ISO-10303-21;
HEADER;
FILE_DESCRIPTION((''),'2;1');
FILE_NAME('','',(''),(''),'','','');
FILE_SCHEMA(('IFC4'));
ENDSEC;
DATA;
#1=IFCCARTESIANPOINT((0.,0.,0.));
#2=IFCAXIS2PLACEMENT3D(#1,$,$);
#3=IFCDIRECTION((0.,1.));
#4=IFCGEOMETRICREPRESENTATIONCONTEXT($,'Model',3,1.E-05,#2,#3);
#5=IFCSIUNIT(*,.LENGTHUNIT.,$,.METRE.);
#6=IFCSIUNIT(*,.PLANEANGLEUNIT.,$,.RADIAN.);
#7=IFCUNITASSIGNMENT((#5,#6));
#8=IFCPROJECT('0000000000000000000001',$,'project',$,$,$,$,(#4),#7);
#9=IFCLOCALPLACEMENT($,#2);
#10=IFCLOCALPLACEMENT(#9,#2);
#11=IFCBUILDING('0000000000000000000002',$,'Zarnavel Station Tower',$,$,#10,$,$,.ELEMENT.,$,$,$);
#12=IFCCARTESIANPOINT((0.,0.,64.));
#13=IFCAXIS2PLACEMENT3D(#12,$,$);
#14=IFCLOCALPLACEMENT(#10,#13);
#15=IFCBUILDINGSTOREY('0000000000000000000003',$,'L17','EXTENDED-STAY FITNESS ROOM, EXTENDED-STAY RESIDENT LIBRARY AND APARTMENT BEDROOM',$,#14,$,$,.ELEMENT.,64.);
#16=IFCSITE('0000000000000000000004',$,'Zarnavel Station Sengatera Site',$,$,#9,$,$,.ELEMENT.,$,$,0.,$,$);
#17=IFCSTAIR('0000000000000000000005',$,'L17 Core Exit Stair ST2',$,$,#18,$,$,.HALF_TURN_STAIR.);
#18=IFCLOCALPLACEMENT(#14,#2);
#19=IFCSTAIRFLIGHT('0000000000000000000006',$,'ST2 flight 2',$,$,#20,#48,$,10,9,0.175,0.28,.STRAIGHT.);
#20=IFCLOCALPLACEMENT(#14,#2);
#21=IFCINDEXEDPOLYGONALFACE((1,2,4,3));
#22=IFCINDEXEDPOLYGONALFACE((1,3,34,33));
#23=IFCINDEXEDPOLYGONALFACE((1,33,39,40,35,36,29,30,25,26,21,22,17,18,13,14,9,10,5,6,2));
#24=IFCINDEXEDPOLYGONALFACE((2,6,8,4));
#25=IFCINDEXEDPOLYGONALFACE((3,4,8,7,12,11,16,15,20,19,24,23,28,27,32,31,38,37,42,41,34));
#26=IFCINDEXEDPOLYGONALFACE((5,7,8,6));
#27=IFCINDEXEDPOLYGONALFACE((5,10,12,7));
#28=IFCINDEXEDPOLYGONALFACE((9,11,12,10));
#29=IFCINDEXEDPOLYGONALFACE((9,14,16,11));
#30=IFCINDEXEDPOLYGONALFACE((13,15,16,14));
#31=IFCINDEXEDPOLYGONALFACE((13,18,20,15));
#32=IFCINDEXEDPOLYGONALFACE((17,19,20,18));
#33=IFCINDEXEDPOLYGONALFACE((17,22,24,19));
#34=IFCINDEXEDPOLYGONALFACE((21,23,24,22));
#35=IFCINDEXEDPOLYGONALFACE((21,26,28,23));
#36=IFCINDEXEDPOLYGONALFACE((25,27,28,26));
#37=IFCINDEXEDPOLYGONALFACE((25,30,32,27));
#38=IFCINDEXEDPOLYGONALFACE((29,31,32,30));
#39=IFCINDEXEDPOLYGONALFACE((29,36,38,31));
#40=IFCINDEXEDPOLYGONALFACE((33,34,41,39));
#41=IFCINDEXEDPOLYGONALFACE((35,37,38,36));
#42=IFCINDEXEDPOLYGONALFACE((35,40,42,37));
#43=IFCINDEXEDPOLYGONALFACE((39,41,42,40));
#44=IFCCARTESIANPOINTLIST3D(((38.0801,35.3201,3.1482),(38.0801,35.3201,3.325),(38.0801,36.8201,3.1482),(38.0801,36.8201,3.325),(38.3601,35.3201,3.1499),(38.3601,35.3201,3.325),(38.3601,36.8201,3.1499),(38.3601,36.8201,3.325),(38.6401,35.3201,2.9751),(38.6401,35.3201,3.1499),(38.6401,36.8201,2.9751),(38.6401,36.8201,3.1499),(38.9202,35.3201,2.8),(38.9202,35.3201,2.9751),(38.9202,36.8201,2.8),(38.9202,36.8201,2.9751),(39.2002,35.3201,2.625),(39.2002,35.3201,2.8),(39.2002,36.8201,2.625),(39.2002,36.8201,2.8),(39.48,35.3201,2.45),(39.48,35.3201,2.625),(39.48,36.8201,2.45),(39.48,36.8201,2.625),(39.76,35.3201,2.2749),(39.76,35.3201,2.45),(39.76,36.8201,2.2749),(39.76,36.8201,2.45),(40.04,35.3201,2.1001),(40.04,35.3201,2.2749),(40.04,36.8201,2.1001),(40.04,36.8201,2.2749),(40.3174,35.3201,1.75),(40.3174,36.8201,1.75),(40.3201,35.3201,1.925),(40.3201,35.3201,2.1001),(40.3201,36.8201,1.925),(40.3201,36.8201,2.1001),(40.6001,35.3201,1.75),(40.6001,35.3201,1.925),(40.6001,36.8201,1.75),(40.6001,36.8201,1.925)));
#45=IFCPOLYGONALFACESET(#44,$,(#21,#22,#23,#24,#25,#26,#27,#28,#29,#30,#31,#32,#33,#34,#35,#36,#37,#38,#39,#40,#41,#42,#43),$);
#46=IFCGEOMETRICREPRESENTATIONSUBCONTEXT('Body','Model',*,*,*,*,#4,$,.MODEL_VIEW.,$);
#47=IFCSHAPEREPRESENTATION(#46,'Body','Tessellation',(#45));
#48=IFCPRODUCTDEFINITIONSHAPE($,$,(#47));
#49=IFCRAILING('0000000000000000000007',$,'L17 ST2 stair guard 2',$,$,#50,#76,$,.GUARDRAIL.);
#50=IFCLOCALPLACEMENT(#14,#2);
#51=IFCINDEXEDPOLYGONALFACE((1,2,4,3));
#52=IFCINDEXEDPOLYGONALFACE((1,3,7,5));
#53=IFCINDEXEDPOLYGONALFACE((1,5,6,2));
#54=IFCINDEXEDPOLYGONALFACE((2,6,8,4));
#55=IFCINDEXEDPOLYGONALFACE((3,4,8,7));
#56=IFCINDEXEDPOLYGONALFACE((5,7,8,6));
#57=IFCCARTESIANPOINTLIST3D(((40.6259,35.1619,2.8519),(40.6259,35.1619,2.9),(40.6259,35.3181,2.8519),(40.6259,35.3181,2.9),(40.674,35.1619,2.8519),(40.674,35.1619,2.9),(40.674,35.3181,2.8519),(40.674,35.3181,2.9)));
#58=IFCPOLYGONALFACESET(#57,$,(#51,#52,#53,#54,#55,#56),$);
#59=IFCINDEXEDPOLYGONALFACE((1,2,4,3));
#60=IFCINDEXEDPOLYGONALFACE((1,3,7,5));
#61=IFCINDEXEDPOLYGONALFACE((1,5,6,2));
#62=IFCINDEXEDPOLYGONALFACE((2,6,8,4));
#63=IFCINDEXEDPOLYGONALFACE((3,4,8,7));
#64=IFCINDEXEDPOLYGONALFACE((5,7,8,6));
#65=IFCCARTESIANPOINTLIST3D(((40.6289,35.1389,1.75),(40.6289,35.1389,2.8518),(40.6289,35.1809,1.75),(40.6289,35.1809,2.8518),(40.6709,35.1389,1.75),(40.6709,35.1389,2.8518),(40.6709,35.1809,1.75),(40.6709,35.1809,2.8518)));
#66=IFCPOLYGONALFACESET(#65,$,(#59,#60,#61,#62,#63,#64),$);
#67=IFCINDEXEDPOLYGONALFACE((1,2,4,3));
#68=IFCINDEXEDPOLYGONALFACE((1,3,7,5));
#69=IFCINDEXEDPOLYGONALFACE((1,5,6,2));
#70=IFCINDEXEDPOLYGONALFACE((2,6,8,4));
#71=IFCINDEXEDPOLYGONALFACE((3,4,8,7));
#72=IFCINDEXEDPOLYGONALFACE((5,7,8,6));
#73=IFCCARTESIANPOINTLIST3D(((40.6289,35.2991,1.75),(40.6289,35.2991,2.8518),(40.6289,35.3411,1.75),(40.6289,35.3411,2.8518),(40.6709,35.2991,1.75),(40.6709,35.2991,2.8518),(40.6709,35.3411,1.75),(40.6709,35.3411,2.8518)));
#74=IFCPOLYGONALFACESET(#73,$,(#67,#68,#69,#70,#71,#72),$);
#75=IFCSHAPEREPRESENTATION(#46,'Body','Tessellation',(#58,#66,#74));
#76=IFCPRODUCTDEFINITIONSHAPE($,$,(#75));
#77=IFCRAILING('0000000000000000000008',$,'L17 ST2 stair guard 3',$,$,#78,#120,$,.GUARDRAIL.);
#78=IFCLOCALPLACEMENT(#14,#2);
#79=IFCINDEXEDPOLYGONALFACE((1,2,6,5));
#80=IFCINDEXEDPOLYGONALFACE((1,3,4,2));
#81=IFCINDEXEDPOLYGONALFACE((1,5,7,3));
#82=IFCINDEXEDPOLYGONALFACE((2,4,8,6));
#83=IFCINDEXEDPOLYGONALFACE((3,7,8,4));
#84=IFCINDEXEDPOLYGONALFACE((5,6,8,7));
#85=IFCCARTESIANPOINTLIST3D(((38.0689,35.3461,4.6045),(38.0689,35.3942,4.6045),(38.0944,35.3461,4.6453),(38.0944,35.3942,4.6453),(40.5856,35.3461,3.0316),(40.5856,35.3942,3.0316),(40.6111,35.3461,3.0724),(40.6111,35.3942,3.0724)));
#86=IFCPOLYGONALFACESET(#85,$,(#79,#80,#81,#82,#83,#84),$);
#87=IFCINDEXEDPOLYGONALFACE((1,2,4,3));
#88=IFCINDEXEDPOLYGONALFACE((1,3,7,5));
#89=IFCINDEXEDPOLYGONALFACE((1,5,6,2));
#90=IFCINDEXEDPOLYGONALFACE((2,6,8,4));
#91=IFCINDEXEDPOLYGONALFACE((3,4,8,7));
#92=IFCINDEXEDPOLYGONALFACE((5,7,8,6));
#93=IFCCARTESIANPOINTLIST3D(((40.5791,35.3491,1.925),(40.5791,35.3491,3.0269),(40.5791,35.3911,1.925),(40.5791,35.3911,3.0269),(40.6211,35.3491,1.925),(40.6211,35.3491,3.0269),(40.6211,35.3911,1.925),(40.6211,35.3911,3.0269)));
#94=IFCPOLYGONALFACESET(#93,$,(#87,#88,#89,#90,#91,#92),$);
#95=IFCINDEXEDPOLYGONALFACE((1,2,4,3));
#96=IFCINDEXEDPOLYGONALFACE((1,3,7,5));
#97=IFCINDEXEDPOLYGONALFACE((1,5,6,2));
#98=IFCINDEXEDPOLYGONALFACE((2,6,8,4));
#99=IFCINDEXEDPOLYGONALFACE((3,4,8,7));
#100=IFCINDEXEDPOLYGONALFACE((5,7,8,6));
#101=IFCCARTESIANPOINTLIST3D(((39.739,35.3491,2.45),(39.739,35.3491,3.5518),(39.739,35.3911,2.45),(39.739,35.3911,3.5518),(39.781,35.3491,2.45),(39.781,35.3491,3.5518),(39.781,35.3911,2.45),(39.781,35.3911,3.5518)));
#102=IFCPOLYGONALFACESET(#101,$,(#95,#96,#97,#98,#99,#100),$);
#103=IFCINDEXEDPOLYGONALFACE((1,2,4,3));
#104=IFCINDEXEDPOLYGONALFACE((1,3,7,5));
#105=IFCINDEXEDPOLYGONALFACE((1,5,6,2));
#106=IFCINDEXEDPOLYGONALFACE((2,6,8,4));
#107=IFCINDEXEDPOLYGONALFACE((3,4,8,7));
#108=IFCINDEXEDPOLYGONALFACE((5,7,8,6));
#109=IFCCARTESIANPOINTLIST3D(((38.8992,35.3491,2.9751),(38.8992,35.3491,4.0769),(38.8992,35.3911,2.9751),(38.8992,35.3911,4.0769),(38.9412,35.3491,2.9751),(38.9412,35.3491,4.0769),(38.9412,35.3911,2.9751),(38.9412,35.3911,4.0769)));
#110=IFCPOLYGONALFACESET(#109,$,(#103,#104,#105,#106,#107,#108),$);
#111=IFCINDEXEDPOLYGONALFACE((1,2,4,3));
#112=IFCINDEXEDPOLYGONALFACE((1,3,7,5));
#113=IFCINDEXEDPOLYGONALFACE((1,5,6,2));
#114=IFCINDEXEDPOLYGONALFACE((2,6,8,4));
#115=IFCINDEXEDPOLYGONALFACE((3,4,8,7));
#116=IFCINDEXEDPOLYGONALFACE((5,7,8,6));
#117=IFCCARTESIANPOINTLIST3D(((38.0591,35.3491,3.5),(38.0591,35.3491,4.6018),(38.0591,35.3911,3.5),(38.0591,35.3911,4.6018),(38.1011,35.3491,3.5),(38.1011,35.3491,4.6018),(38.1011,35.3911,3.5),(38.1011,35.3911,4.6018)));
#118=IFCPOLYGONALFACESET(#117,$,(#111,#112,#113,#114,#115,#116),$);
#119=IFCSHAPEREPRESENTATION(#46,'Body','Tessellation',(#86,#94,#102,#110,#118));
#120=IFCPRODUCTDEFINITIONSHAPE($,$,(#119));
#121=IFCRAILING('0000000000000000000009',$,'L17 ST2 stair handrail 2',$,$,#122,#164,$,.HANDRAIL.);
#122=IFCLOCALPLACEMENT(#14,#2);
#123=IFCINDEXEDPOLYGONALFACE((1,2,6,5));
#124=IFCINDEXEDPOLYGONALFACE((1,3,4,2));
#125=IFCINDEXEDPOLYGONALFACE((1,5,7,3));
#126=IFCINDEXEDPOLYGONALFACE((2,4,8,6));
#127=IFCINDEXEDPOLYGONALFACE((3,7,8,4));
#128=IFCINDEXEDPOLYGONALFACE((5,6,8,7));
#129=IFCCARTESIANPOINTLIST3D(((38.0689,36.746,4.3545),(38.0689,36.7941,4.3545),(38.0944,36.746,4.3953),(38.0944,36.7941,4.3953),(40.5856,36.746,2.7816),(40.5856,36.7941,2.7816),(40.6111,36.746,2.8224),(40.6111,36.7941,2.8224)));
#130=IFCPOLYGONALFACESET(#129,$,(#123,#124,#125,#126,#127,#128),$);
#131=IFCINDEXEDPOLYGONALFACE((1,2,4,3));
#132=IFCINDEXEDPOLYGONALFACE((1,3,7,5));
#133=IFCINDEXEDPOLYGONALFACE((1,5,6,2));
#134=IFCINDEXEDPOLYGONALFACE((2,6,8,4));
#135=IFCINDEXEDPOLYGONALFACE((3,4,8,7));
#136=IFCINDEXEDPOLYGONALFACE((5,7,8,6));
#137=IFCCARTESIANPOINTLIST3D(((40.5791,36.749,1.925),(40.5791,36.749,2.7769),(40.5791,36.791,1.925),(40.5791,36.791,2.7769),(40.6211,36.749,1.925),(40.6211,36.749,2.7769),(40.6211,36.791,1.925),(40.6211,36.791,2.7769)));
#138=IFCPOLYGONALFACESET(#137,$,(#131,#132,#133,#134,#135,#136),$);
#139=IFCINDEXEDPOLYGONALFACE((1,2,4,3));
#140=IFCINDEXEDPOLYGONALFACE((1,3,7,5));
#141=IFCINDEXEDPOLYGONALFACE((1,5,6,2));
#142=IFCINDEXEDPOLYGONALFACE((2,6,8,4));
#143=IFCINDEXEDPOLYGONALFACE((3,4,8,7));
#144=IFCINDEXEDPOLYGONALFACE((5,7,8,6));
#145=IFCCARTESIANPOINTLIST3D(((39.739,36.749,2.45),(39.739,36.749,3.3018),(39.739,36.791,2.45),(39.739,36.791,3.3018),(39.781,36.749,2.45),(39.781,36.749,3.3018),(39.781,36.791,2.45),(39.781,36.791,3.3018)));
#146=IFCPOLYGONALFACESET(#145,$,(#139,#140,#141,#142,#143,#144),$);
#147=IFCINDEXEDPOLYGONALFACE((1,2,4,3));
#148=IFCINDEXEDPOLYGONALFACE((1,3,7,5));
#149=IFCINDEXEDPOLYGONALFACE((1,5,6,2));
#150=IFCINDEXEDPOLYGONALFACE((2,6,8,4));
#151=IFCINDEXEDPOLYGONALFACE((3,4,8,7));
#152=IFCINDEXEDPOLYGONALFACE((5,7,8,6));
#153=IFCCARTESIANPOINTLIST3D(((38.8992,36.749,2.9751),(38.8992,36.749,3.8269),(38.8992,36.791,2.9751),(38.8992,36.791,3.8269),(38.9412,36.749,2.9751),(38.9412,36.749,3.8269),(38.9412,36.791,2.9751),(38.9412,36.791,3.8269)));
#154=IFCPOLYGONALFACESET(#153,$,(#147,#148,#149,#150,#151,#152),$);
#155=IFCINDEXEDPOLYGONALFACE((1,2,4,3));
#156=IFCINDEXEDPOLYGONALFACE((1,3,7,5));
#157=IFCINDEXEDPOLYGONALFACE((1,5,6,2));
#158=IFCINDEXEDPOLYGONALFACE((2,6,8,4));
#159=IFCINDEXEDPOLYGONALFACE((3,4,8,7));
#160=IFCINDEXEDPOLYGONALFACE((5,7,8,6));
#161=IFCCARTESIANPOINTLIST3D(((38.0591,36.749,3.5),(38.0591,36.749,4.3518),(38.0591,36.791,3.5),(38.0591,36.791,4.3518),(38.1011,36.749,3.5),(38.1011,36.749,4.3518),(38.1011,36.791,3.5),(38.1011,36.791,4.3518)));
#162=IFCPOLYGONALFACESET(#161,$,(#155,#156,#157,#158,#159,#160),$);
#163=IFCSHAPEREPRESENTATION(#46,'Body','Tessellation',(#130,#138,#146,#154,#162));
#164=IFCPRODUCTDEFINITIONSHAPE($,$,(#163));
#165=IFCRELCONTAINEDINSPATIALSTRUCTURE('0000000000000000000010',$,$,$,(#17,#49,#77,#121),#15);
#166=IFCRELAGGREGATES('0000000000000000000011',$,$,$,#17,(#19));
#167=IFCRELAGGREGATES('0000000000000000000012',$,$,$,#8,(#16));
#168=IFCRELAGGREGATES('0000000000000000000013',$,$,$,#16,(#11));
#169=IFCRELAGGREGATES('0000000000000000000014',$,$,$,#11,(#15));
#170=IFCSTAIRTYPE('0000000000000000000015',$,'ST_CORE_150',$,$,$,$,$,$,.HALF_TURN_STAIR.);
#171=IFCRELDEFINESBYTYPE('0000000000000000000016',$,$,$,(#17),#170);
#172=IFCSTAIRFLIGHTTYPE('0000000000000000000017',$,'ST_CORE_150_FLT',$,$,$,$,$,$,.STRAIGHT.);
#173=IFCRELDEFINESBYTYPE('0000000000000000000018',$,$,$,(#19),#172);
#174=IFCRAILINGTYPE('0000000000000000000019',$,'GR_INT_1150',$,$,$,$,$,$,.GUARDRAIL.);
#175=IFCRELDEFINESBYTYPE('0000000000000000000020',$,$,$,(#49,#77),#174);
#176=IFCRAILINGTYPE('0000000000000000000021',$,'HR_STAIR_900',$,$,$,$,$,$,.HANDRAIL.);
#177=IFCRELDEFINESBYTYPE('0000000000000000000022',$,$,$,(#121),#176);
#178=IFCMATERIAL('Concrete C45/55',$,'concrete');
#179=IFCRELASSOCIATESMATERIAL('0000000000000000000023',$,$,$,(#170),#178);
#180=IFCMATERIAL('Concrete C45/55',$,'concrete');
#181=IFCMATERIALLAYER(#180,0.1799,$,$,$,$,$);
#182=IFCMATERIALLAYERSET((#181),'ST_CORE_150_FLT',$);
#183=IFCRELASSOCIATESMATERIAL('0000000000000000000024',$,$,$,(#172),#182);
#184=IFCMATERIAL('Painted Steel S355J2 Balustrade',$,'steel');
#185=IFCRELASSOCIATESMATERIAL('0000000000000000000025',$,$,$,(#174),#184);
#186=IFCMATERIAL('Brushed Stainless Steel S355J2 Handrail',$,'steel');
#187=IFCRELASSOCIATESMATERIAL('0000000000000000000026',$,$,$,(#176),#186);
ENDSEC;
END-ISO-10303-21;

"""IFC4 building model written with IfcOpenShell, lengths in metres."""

from ifc_helpers import new_model, si_unit, direction, frame, origin, origin_2d, place, context, subcontext, project, spatial, polyline, rectangle, outline, extrude, material, layer, layer_set, type_object, element, aggregate, save


model = new_model("IFC4")

# Units and contexts
model_context = context("Model", 3, precision=1e-05, world=origin(), true_north=direction((0.0, 1.0)))
body_context = subcontext(model_context, "Body", "Model", "MODEL_VIEW")
ifc_project = project(units=[si_unit("LENGTHUNIT", "METRE"), si_unit("PLANEANGLEUNIT", "RADIAN")], contexts=[model_context])

# Site, building, storey
site_placement = place(None, origin())
site = spatial("IfcSite", under=ifc_project, at=site_placement, Name="Zarnavel Station Sengatera Site", CompositionType="ELEMENT", RefElevation=0.0)
building_placement = place(site_placement, origin())
building = spatial("IfcBuilding", under=site, at=building_placement, Name="Zarnavel Station Tower", CompositionType="ELEMENT")
storey_placement = place(building_placement, frame((0.0, 0.0, 64.0)))
storey = spatial("IfcBuildingStorey", under=building, at=storey_placement, Name="L17", Description="EXTENDED-STAY FITNESS ROOM, EXTENDED-STAY RESIDENT LIBRARY AND APARTMENT BEDROOM", CompositionType="ELEMENT", Elevation=64.0)

# Stair, stair flight
ifc_material_1 = material(Name="Concrete C45/55", Category="concrete")
stair_type = type_object("IfcStairType", Name="ST_CORE_150", PredefinedType="HALF_TURN_STAIR", material=ifc_material_1)
stair_placement = place(storey_placement, origin())
stair = element("IfcStair", 1, at=stair_placement, inside=storey, type_object=stair_type, Name="L17 Core Exit Stair ST2", PredefinedType="HALF_TURN_STAIR")
ifc_material_2 = material(Name="Concrete C45/55", Category="concrete")
ifc_layer_1 = layer(ifc_material_2, 0.1799)
ifc_layer_set_1 = layer_set([ifc_layer_1], Name="ST_CORE_150_FLT")
stair_flight_type = type_object("IfcStairFlightType", Name="ST_CORE_150_FLT", PredefinedType="STRAIGHT", material=ifc_layer_set_1)
stair_flight_placement = place(storey_placement, frame((40.6001, 36.0701, 1.75), z_axis=(0.0, 0.0, 1.0), x_axis=(-1.0, 0.0, 0.0)))
stair_flight = element("IfcStairFlight", 2, at=stair_flight_placement, type_object=stair_flight_type, Name="ST2 flight 2", NumberOfRisers=10, NumberOfTreads=9, PredefinedType="STRAIGHT", RiserHeight=0.175, TreadLength=0.28, context=body_context, shape_type="SweptSolid", body=[
    extrude(outline(polyline([(0.0, 0.0), (0.0, 0.175), (0.28, 0.175), (0.28, 0.3501), (0.5601, 0.3501), (0.5601, 0.5249), (0.8401, 0.5249), (0.8401, 0.7), (1.1201, 0.7), (1.1201, 0.875), (1.3999, 0.875), (1.3999, 1.05), (1.6799, 1.05), (1.6799, 1.2251), (1.96, 1.2251), (1.96, 1.3999), (2.24, 1.3999), (2.24, 1.575), (2.52, 1.575), (2.52, 1.75), (2.52, 1.3982), (0.2827, 0.0), (0.0, 0.0)])), frame((0.0, 0.75, 0.0), z_axis=(0.0, -1.0, 0.0), x_axis=(1.0, 0.0, 0.0)), (0.0, 0.0, 1.0), 1.5),
])
aggregate(stair, [stair_flight])

# Railings
ifc_material_3 = material(Name="Painted Steel S355J2 Balustrade", Category="steel")
railing_type_1 = type_object("IfcRailingType", Name="GR_INT_1150", PredefinedType="GUARDRAIL", material=ifc_material_3)
railing_1_placement = place(storey_placement, frame((40.6499, 35.1599, 1.75)))
element("IfcRailing", 3, at=railing_1_placement, inside=storey, type_object=railing_type_1, Name="L17 ST2 stair guard 2", PredefinedType="GUARDRAIL", context=body_context, shape_type="SweptSolid", body=[
    extrude(rectangle(XDim=0.0481, YDim=0.0481, at=origin_2d()), frame((0.0, 0.002, 1.126), z_axis=(0.0, 1.0, 0.0), x_axis=(-1.0, 0.0, 0.0)), (0.0, 0.0, 1.0), 0.1562),
    extrude(rectangle(XDim=0.042, YDim=0.042, at=origin_2d()), origin(), (0.0, 0.0, 1.0), 1.1018),
    extrude(rectangle(XDim=0.042, YDim=0.042, at=origin_2d()), frame((0.0, 0.1602, 0.0)), (0.0, 0.0, 1.0), 1.1018),
])
railing_2_placement = place(storey_placement, frame((40.6001, 35.3701, 1.925)))
element("IfcRailing", 4, at=railing_2_placement, inside=storey, type_object=railing_type_1, Name="L17 ST2 stair guard 3", PredefinedType="GUARDRAIL", context=body_context, shape_type="SweptSolid", body=[
    extrude(rectangle(XDim=0.0481, YDim=0.0481, at=origin_2d()), frame((-0.0017, 0.0, 1.127), z_axis=(-0.848008, 0.0, 0.529984), x_axis=(0.0, -1.0, 0.0)), (0.0, 0.0, 1.0), 2.9678),
    extrude(rectangle(XDim=0.042, YDim=0.042, at=origin_2d()), origin(), (0.0, 0.0, 1.0), 1.1018),
    extrude(rectangle(XDim=0.042, YDim=0.042, at=origin_2d()), frame((-0.8401, 0.0, 0.5249)), (0.0, 0.0, 1.0), 1.1018),
    extrude(rectangle(XDim=0.042, YDim=0.042, at=origin_2d()), frame((-1.6799, 0.0, 1.05)), (0.0, 0.0, 1.0), 1.1018),
    extrude(rectangle(XDim=0.042, YDim=0.042, at=origin_2d()), frame((-2.52, 0.0, 1.575)), (0.0, 0.0, 1.0), 1.1018),
])
ifc_material_4 = material(Name="Brushed Stainless Steel S355J2 Handrail", Category="steel")
railing_type_2 = type_object("IfcRailingType", Name="HR_STAIR_900", PredefinedType="HANDRAIL", material=ifc_material_4)
railing_3_placement = place(storey_placement, frame((40.6001, 36.77, 1.925)))
element("IfcRailing", 5, at=railing_3_placement, inside=storey, type_object=railing_type_2, Name="L17 ST2 stair handrail 2", PredefinedType="HANDRAIL", context=body_context, shape_type="SweptSolid", body=[
    extrude(rectangle(XDim=0.0481, YDim=0.0481, at=origin_2d()), frame((-0.0017, 0.0, 0.877), z_axis=(-0.848008, 0.0, 0.529984), x_axis=(0.0, -1.0, 0.0)), (0.0, 0.0, 1.0), 2.9678),
    extrude(rectangle(XDim=0.042, YDim=0.042, at=origin_2d()), origin(), (0.0, 0.0, 1.0), 0.8518),
    extrude(rectangle(XDim=0.042, YDim=0.042, at=origin_2d()), frame((-0.8401, 0.0, 0.5249)), (0.0, 0.0, 1.0), 0.8518),
    extrude(rectangle(XDim=0.042, YDim=0.042, at=origin_2d()), frame((-1.6799, 0.0, 1.05)), (0.0, 0.0, 1.0), 0.8518),
    extrude(rectangle(XDim=0.042, YDim=0.042, at=origin_2d()), frame((-2.52, 0.0, 1.575)), (0.0, 0.0, 1.0), 0.8518),
])

save(model, "model.ifc")
